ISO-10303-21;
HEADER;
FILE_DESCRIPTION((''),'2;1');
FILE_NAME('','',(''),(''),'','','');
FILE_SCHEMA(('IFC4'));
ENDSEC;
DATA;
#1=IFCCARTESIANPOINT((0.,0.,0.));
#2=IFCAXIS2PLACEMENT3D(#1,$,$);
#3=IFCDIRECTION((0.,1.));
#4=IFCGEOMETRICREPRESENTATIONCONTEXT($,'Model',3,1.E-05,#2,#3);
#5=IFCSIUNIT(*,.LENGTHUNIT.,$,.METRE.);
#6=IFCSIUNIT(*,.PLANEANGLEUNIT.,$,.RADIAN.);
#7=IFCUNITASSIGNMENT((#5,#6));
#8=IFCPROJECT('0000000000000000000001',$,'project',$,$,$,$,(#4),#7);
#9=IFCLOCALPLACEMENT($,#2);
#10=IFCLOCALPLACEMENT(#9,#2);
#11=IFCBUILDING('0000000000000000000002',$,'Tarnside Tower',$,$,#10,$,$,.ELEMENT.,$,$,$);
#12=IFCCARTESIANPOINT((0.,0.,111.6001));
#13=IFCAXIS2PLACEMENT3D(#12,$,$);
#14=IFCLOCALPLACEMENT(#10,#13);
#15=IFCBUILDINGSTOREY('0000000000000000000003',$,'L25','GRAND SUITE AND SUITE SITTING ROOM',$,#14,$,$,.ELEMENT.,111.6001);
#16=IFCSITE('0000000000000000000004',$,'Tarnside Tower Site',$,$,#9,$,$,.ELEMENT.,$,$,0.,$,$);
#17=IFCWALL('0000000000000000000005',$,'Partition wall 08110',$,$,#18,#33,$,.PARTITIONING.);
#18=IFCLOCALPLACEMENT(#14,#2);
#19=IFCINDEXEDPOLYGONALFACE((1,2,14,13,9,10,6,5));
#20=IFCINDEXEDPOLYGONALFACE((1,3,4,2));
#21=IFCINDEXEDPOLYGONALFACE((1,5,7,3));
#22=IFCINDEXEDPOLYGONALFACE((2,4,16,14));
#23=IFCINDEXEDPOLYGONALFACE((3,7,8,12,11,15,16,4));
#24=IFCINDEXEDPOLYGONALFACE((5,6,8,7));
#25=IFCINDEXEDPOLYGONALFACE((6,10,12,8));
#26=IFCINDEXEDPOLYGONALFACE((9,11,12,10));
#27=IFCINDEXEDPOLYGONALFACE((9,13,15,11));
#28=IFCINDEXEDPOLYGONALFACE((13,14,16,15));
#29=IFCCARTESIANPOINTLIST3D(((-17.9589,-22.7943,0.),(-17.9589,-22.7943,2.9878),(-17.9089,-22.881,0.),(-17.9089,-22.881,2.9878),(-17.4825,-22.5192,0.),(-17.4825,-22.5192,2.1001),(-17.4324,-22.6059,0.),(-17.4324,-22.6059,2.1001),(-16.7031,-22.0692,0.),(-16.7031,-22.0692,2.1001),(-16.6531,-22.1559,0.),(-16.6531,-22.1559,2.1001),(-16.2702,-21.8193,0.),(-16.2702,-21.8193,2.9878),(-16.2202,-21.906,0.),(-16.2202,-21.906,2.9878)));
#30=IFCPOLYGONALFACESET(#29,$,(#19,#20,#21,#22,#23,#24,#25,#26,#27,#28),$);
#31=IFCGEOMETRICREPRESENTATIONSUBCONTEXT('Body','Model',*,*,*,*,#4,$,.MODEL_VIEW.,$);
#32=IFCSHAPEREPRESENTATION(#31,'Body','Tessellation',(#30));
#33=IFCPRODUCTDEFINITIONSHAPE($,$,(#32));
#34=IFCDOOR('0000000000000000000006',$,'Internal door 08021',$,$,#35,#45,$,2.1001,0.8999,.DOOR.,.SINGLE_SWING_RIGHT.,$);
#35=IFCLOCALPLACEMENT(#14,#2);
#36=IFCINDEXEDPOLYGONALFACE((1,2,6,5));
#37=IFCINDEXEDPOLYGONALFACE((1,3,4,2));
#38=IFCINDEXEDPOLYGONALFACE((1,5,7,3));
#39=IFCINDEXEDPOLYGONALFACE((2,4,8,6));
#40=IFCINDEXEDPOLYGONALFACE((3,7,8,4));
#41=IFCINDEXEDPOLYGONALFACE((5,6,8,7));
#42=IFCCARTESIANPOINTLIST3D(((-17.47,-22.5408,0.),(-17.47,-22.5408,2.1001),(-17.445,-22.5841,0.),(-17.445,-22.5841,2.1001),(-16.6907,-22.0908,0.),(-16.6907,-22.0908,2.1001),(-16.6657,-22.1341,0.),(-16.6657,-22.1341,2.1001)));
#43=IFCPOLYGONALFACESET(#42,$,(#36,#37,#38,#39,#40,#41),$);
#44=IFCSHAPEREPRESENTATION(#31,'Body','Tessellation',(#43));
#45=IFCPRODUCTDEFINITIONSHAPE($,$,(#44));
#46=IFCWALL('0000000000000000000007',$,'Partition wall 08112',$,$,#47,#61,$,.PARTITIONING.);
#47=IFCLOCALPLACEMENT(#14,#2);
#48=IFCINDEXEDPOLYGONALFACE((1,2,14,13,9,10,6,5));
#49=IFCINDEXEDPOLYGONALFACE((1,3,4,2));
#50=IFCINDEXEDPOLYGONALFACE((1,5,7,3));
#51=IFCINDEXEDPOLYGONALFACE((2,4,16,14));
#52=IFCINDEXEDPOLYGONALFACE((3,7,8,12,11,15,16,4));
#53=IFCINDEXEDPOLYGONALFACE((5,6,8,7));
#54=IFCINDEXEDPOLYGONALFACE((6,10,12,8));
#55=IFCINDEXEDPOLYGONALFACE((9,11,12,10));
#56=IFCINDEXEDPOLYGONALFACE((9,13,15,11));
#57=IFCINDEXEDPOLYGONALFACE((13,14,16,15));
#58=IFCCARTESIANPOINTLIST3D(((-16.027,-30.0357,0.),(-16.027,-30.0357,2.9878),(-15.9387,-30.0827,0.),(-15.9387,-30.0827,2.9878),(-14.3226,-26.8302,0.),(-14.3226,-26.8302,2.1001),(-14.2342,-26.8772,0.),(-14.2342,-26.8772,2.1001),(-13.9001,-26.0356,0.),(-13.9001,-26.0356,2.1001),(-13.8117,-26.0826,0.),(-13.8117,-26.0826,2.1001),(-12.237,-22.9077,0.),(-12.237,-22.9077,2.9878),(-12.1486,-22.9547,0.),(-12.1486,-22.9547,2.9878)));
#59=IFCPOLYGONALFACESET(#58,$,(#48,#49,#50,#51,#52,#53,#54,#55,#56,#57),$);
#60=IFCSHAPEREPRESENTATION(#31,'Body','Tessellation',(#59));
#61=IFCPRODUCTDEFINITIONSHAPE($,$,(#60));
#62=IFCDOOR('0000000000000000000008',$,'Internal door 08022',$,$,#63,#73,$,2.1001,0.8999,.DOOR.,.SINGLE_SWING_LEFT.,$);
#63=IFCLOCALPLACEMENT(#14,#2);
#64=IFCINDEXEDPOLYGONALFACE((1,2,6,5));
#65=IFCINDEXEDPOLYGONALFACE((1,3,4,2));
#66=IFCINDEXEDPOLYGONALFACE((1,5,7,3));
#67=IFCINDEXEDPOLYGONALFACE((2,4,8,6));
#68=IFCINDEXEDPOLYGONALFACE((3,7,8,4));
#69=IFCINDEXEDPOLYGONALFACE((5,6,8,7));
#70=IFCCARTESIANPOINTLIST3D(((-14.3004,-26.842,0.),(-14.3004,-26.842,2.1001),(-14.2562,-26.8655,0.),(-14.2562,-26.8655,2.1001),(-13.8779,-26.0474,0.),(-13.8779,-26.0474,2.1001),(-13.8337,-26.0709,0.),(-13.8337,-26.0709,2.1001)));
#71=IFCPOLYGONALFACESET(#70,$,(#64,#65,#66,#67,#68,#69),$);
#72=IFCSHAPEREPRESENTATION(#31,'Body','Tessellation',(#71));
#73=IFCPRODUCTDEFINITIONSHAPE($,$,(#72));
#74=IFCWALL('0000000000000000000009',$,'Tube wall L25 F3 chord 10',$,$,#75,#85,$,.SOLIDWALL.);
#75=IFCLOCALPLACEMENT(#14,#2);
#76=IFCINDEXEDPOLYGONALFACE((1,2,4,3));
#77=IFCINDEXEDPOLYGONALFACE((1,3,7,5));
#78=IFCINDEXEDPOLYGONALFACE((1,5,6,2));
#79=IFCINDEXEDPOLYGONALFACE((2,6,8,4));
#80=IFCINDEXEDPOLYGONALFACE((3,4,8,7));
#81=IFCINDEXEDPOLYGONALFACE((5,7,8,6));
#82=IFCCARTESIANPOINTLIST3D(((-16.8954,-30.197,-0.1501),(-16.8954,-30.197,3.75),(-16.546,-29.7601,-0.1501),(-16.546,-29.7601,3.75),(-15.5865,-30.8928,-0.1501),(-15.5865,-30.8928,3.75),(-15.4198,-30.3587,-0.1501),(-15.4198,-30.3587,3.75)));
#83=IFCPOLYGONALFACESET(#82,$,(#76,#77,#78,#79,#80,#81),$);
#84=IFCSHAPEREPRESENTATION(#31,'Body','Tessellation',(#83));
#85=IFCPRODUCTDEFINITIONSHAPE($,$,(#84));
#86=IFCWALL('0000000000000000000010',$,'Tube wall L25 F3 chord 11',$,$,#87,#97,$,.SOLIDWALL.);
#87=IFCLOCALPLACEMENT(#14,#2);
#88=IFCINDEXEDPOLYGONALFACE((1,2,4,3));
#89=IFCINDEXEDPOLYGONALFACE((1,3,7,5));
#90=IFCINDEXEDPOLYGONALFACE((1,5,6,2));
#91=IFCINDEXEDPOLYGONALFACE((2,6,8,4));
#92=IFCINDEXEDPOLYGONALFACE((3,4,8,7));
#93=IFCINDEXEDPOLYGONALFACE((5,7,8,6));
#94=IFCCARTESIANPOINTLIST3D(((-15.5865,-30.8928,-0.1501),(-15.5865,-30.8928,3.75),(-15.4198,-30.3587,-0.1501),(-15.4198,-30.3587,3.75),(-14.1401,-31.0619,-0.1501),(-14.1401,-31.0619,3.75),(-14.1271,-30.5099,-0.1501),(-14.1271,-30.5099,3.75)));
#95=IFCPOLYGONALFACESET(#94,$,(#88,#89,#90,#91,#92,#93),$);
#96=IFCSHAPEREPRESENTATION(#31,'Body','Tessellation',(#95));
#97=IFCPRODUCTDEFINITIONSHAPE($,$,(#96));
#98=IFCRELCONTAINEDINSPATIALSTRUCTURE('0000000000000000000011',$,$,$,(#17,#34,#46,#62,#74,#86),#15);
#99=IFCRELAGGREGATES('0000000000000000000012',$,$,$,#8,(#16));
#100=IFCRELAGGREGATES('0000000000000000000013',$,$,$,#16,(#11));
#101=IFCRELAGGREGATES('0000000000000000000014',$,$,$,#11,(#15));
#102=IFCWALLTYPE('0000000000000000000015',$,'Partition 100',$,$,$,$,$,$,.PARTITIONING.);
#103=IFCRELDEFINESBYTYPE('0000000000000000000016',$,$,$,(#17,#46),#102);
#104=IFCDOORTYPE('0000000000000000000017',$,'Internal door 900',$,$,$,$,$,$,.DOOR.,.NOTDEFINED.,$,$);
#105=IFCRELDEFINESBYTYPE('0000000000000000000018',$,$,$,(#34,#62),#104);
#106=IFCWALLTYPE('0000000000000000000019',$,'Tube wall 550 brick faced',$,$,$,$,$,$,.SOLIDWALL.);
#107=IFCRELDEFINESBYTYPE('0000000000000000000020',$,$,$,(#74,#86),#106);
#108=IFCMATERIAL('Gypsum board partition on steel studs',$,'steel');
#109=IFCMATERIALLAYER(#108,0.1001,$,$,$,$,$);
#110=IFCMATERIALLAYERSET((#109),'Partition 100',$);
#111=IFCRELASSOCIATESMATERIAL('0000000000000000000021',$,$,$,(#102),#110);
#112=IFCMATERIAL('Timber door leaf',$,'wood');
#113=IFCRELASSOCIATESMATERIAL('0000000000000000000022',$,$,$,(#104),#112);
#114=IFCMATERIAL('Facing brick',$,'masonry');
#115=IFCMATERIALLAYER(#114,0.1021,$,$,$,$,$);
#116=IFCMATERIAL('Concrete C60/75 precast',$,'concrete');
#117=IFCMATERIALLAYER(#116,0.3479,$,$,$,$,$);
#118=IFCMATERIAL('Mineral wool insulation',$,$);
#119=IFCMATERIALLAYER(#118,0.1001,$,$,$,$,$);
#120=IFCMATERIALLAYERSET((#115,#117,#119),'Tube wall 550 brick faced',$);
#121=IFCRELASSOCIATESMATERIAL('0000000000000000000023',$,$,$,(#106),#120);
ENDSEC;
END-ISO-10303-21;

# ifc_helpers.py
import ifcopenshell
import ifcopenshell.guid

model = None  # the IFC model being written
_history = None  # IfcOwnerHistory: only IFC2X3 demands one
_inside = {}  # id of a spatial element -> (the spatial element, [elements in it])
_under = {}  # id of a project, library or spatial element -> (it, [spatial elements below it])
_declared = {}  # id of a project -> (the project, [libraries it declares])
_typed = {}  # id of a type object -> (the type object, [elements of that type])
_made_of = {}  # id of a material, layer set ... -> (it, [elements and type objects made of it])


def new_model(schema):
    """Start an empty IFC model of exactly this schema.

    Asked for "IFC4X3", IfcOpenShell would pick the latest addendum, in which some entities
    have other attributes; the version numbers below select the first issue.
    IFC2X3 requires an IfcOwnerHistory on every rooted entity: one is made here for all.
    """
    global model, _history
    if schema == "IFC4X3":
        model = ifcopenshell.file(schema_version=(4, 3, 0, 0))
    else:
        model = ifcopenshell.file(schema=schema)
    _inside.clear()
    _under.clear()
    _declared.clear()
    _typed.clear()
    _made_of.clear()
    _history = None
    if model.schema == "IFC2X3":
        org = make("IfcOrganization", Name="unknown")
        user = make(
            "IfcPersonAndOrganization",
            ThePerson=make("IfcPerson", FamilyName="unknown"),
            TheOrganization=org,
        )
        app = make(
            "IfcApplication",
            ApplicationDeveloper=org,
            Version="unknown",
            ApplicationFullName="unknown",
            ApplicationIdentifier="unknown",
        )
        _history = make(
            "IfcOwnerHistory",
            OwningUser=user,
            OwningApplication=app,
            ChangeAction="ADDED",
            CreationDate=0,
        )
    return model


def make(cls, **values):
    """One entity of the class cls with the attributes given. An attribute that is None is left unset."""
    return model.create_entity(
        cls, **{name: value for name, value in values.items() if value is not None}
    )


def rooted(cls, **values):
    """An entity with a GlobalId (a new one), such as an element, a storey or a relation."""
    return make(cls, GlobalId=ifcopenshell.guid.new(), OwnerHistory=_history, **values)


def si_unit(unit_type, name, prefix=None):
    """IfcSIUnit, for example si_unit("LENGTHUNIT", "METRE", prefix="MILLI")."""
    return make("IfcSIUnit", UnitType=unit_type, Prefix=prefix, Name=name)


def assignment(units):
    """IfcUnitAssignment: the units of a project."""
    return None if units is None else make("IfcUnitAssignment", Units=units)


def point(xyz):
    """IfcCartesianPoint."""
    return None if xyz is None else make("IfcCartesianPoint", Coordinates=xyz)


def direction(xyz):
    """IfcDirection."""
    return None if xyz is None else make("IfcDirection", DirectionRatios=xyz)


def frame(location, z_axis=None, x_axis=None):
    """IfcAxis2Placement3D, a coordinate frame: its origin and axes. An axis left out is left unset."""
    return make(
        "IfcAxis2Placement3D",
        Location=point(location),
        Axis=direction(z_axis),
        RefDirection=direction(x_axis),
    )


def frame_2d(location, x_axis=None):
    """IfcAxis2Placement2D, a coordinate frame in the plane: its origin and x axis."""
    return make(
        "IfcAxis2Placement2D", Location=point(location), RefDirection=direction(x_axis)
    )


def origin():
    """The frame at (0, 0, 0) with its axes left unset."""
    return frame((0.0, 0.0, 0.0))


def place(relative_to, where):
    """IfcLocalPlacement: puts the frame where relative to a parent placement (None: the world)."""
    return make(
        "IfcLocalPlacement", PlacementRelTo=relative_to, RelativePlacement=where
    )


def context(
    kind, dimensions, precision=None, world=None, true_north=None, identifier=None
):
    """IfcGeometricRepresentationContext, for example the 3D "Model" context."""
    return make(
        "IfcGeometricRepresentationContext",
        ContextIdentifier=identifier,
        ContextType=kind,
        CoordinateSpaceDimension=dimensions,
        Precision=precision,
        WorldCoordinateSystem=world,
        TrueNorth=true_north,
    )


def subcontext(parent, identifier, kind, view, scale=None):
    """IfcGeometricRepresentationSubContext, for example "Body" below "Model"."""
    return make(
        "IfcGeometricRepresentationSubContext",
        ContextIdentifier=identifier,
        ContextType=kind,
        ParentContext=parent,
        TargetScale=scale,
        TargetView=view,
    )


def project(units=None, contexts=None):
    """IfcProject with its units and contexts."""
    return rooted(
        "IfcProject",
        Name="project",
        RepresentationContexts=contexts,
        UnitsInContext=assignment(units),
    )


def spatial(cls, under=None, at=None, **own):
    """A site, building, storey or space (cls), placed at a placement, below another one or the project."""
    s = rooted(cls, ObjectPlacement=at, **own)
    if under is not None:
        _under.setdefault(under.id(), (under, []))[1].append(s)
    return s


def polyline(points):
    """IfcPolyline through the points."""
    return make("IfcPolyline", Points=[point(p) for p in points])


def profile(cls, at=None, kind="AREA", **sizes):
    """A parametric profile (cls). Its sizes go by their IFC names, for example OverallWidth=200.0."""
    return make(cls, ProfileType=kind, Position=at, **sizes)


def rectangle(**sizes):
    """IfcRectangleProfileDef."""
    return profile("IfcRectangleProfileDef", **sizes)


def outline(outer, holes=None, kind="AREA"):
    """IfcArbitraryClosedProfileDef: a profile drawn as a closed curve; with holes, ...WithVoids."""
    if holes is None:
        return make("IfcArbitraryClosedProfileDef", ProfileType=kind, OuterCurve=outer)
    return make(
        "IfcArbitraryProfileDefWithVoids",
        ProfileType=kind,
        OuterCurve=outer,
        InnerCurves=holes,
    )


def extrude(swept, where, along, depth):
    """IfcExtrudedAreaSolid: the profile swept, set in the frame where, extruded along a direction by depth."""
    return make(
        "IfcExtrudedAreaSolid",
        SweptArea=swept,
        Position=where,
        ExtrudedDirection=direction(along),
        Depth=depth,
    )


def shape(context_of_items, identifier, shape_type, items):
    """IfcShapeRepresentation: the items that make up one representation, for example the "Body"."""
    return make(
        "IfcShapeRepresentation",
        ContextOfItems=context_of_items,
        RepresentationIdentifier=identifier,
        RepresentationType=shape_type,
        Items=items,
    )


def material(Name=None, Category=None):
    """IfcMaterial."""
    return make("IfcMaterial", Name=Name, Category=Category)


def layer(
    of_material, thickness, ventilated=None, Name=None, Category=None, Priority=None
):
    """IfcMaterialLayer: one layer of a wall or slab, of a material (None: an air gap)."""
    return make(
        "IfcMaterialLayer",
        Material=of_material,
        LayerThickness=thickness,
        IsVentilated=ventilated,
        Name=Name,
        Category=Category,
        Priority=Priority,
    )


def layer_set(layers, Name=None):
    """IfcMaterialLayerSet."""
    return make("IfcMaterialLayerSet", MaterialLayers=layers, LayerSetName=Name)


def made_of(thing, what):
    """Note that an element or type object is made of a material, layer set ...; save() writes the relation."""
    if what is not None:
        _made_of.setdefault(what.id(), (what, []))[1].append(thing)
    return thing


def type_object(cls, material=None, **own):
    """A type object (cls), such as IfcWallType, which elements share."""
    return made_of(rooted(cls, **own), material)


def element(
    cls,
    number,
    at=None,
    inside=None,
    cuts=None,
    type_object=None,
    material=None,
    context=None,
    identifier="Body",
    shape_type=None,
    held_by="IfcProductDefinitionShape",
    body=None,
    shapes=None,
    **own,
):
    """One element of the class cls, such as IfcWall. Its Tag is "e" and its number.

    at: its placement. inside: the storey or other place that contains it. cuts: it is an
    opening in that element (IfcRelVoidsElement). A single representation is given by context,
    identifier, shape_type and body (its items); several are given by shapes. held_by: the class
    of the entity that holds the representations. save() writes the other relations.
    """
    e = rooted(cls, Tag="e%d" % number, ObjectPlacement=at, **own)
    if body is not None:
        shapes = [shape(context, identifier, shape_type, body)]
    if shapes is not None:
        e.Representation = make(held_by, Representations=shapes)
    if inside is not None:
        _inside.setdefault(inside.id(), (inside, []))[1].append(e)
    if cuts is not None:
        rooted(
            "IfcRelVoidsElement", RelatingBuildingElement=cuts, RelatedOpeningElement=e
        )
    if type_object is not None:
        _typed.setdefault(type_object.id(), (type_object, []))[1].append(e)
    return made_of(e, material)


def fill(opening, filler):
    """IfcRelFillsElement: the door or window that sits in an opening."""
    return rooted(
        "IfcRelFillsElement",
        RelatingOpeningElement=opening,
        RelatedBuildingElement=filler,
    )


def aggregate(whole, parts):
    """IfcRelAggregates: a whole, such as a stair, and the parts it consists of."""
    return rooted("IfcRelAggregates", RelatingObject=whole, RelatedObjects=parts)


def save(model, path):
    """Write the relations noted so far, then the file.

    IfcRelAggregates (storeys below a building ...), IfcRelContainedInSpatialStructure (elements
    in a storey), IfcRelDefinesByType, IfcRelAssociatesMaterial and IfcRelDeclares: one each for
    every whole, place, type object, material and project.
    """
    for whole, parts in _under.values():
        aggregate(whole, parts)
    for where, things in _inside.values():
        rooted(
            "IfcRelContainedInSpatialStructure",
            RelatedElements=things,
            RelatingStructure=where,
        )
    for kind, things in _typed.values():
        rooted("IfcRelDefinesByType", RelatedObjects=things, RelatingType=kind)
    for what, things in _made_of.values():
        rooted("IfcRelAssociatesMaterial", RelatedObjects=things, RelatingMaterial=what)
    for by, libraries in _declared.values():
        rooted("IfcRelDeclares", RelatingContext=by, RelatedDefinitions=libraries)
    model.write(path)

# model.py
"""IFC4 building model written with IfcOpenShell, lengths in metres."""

from ifc_helpers import new_model, si_unit, direction, frame, frame_2d, origin, place, context, subcontext, project, spatial, polyline, rectangle, outline, extrude, material, layer, layer_set, type_object, element, fill, save


model = new_model("IFC4")

# Units and contexts
model_context = context("Model", 3, precision=1e-05, world=origin(), true_north=direction((0.0, 1.0)))
body_context = subcontext(model_context, "Body", "Model", "MODEL_VIEW")
ifc_project = project(units=[si_unit("LENGTHUNIT", "METRE"), si_unit("PLANEANGLEUNIT", "RADIAN")], contexts=[model_context])

# Site, building, storey
site_placement = place(None, origin())
site = spatial("IfcSite", under=ifc_project, at=site_placement, Name="Tarnside Tower Site", CompositionType="ELEMENT", RefElevation=0.0)
building_placement = place(site_placement, origin())
building = spatial("IfcBuilding", under=site, at=building_placement, Name="Tarnside Tower", CompositionType="ELEMENT")
storey_placement = place(building_placement, frame((0.0, 0.0, 111.6001)))
storey = spatial("IfcBuildingStorey", under=building, at=storey_placement, Name="L25", Description="GRAND SUITE AND SUITE SITTING ROOM", CompositionType="ELEMENT", Elevation=111.6001)

# Shared definitions
ifc_material_1 = material(Name="Gypsum board partition on steel studs", Category="steel")
ifc_material_2 = material(Name="Timber door leaf", Category="wood")

# Walls, openings, doors
ifc_layer_1 = layer(ifc_material_1, 0.1001)
ifc_layer_set_1 = layer_set([ifc_layer_1], Name="Partition 100")
wall_type_1 = type_object("IfcWallType", Name="Partition 100", PredefinedType="PARTITIONING", material=ifc_layer_set_1)
wall_1_placement = place(storey_placement, frame((-16.2451, -21.8625, 0.0), z_axis=(0.0, 0.0, 1.0), x_axis=(-0.866, -0.500044, 0.0)))
wall_1 = element("IfcWall", 1, at=wall_1_placement, inside=storey, type_object=wall_type_1, Name="Partition wall 08110", PredefinedType="PARTITIONING", context=body_context, shape_type="SweptSolid", body=[
    extrude(rectangle(XDim=1.95, YDim=0.1001, at=frame_2d((0.9751, 0.0))), origin(), (0.0, 0.0, 1.0), 2.9878),
])
opening_1_placement = place(wall_1_placement, frame((0.5, 0.0, 0.0)))
opening_1 = element("IfcOpeningElement", 2, at=opening_1_placement, cuts=wall_1, PredefinedType="OPENING", context=body_context, shape_type="SweptSolid", body=[
    extrude(rectangle(XDim=0.8999, YDim=2.1001, at=frame_2d((0.45, 1.05))), frame((0.0, 0.0601, 0.0), z_axis=(0.0, -1.0, 0.0), x_axis=(1.0, 0.0, 0.0)), (0.0, 0.0, 1.0), 0.1201),
])
door_type_1 = type_object("IfcDoorType", Name="Internal door 900", OperationType="NOTDEFINED", PredefinedType="DOOR", material=ifc_material_2)
door_1_placement = place(opening_1_placement, origin())
door_1 = element("IfcDoor", 3, at=door_1_placement, inside=storey, type_object=door_type_1, Name="Internal door 08021", OperationType="SINGLE_SWING_RIGHT", OverallHeight=2.1001, OverallWidth=0.8999, PredefinedType="DOOR", context=body_context, shape_type="SweptSolid", body=[
    extrude(rectangle(XDim=0.8999, YDim=2.1001, at=frame_2d((0.45, 1.05))), frame((0.0, 0.0249, 0.0), z_axis=(0.0, -1.0, 0.0), x_axis=(1.0, 0.0, 0.0)), (0.0, 0.0, 1.0), 0.05),
])
fill(opening_1, door_1)
wall_2_placement = place(storey_placement, frame((-15.9829, -30.0593, 0.0), z_axis=(0.0, 0.0, 1.0), x_axis=(0.469477, 0.882945, 0.0)))
wall_2 = element("IfcWall", 4, at=wall_2_placement, inside=storey, type_object=wall_type_1, Name="Partition wall 08112", PredefinedType="PARTITIONING", context=body_context, shape_type="SweptSolid", body=[
    extrude(rectangle(XDim=8.073, YDim=0.1001, at=frame_2d((4.0366, 0.0))), origin(), (0.0, 0.0, 1.0), 2.9878),
])
opening_2_placement = place(wall_2_placement, frame((3.6306, 0.0, 0.0)))
opening_2 = element("IfcOpeningElement", 5, at=opening_2_placement, cuts=wall_2, PredefinedType="OPENING", context=body_context, shape_type="SweptSolid", body=[
    extrude(rectangle(XDim=0.8999, YDim=2.1001, at=frame_2d((0.45, 1.05))), frame((0.0, 0.0601, 0.0), z_axis=(0.0, -1.0, 0.0), x_axis=(1.0, 0.0, 0.0)), (0.0, 0.0, 1.0), 0.1201),
])
door_2_placement = place(opening_2_placement, origin())
door_2 = element("IfcDoor", 6, at=door_2_placement, inside=storey, type_object=door_type_1, Name="Internal door 08022", OperationType="SINGLE_SWING_LEFT", OverallHeight=2.1001, OverallWidth=0.8999, PredefinedType="DOOR", context=body_context, shape_type="SweptSolid", body=[
    extrude(rectangle(XDim=0.8999, YDim=2.1001, at=frame_2d((0.45, 1.05))), frame((0.0, 0.0249, 0.0), z_axis=(0.0, -1.0, 0.0), x_axis=(1.0, 0.0, 0.0)), (0.0, 0.0, 1.0), 0.05),
])
fill(opening_2, door_2)

# Walls
ifc_material_3 = material(Name="Facing brick", Category="masonry")
ifc_layer_2 = layer(ifc_material_3, 0.1021)
ifc_material_4 = material(Name="Concrete C60/75 precast", Category="concrete")
ifc_layer_3 = layer(ifc_material_4, 0.3479)
ifc_material_5 = material(Name="Mineral wool insulation")
ifc_layer_4 = layer(ifc_material_5, 0.1001)
ifc_layer_set_2 = layer_set([ifc_layer_2, ifc_layer_3, ifc_layer_4], Name="Tube wall 550 brick faced")
wall_type_2 = type_object("IfcWallType", Name="Tube wall 550 brick faced", PredefinedType="SOLIDWALL", material=ifc_layer_set_2)
wall_3_placement = place(storey_placement, frame((-16.7207, -29.9785, -0.1501), z_axis=(0.0, 0.0, 1.0), x_axis=(0.882994, -0.469384, 0.0)))
element("IfcWall", 7, at=wall_3_placement, inside=storey, type_object=wall_type_2, Name="Tube wall L25 F3 chord 10", PredefinedType="SOLIDWALL", context=body_context, shape_type="SweptSolid", body=[
    extrude(outline(polyline([(-0.0518, -0.2749), (1.4307, -0.2749), (1.3271, 0.2749), (0.0518, 0.2749), (-0.0518, -0.2749)])), origin(), (0.0, 0.0, 1.0), 3.9001),
])
wall_4_placement = place(storey_placement, frame((-15.5032, -30.6257, -0.1501), z_axis=(0.0, 0.0, 1.0), x_axis=(0.993233, -0.116143, 0.0)))
element("IfcWall", 8, at=wall_4_placement, inside=storey, type_object=wall_type_2, Name="Tube wall L25 F3 chord 11", PredefinedType="SOLIDWALL", context=body_context, shape_type="SweptSolid", body=[
    extrude(outline(polyline([(-0.0518, -0.2749), (1.4045, -0.2749), (1.3533, 0.2749), (0.0518, 0.2749), (-0.0518, -0.2749)])), origin(), (0.0, 0.0, 1.0), 3.9001),
])

save(model, "model.ifc")
